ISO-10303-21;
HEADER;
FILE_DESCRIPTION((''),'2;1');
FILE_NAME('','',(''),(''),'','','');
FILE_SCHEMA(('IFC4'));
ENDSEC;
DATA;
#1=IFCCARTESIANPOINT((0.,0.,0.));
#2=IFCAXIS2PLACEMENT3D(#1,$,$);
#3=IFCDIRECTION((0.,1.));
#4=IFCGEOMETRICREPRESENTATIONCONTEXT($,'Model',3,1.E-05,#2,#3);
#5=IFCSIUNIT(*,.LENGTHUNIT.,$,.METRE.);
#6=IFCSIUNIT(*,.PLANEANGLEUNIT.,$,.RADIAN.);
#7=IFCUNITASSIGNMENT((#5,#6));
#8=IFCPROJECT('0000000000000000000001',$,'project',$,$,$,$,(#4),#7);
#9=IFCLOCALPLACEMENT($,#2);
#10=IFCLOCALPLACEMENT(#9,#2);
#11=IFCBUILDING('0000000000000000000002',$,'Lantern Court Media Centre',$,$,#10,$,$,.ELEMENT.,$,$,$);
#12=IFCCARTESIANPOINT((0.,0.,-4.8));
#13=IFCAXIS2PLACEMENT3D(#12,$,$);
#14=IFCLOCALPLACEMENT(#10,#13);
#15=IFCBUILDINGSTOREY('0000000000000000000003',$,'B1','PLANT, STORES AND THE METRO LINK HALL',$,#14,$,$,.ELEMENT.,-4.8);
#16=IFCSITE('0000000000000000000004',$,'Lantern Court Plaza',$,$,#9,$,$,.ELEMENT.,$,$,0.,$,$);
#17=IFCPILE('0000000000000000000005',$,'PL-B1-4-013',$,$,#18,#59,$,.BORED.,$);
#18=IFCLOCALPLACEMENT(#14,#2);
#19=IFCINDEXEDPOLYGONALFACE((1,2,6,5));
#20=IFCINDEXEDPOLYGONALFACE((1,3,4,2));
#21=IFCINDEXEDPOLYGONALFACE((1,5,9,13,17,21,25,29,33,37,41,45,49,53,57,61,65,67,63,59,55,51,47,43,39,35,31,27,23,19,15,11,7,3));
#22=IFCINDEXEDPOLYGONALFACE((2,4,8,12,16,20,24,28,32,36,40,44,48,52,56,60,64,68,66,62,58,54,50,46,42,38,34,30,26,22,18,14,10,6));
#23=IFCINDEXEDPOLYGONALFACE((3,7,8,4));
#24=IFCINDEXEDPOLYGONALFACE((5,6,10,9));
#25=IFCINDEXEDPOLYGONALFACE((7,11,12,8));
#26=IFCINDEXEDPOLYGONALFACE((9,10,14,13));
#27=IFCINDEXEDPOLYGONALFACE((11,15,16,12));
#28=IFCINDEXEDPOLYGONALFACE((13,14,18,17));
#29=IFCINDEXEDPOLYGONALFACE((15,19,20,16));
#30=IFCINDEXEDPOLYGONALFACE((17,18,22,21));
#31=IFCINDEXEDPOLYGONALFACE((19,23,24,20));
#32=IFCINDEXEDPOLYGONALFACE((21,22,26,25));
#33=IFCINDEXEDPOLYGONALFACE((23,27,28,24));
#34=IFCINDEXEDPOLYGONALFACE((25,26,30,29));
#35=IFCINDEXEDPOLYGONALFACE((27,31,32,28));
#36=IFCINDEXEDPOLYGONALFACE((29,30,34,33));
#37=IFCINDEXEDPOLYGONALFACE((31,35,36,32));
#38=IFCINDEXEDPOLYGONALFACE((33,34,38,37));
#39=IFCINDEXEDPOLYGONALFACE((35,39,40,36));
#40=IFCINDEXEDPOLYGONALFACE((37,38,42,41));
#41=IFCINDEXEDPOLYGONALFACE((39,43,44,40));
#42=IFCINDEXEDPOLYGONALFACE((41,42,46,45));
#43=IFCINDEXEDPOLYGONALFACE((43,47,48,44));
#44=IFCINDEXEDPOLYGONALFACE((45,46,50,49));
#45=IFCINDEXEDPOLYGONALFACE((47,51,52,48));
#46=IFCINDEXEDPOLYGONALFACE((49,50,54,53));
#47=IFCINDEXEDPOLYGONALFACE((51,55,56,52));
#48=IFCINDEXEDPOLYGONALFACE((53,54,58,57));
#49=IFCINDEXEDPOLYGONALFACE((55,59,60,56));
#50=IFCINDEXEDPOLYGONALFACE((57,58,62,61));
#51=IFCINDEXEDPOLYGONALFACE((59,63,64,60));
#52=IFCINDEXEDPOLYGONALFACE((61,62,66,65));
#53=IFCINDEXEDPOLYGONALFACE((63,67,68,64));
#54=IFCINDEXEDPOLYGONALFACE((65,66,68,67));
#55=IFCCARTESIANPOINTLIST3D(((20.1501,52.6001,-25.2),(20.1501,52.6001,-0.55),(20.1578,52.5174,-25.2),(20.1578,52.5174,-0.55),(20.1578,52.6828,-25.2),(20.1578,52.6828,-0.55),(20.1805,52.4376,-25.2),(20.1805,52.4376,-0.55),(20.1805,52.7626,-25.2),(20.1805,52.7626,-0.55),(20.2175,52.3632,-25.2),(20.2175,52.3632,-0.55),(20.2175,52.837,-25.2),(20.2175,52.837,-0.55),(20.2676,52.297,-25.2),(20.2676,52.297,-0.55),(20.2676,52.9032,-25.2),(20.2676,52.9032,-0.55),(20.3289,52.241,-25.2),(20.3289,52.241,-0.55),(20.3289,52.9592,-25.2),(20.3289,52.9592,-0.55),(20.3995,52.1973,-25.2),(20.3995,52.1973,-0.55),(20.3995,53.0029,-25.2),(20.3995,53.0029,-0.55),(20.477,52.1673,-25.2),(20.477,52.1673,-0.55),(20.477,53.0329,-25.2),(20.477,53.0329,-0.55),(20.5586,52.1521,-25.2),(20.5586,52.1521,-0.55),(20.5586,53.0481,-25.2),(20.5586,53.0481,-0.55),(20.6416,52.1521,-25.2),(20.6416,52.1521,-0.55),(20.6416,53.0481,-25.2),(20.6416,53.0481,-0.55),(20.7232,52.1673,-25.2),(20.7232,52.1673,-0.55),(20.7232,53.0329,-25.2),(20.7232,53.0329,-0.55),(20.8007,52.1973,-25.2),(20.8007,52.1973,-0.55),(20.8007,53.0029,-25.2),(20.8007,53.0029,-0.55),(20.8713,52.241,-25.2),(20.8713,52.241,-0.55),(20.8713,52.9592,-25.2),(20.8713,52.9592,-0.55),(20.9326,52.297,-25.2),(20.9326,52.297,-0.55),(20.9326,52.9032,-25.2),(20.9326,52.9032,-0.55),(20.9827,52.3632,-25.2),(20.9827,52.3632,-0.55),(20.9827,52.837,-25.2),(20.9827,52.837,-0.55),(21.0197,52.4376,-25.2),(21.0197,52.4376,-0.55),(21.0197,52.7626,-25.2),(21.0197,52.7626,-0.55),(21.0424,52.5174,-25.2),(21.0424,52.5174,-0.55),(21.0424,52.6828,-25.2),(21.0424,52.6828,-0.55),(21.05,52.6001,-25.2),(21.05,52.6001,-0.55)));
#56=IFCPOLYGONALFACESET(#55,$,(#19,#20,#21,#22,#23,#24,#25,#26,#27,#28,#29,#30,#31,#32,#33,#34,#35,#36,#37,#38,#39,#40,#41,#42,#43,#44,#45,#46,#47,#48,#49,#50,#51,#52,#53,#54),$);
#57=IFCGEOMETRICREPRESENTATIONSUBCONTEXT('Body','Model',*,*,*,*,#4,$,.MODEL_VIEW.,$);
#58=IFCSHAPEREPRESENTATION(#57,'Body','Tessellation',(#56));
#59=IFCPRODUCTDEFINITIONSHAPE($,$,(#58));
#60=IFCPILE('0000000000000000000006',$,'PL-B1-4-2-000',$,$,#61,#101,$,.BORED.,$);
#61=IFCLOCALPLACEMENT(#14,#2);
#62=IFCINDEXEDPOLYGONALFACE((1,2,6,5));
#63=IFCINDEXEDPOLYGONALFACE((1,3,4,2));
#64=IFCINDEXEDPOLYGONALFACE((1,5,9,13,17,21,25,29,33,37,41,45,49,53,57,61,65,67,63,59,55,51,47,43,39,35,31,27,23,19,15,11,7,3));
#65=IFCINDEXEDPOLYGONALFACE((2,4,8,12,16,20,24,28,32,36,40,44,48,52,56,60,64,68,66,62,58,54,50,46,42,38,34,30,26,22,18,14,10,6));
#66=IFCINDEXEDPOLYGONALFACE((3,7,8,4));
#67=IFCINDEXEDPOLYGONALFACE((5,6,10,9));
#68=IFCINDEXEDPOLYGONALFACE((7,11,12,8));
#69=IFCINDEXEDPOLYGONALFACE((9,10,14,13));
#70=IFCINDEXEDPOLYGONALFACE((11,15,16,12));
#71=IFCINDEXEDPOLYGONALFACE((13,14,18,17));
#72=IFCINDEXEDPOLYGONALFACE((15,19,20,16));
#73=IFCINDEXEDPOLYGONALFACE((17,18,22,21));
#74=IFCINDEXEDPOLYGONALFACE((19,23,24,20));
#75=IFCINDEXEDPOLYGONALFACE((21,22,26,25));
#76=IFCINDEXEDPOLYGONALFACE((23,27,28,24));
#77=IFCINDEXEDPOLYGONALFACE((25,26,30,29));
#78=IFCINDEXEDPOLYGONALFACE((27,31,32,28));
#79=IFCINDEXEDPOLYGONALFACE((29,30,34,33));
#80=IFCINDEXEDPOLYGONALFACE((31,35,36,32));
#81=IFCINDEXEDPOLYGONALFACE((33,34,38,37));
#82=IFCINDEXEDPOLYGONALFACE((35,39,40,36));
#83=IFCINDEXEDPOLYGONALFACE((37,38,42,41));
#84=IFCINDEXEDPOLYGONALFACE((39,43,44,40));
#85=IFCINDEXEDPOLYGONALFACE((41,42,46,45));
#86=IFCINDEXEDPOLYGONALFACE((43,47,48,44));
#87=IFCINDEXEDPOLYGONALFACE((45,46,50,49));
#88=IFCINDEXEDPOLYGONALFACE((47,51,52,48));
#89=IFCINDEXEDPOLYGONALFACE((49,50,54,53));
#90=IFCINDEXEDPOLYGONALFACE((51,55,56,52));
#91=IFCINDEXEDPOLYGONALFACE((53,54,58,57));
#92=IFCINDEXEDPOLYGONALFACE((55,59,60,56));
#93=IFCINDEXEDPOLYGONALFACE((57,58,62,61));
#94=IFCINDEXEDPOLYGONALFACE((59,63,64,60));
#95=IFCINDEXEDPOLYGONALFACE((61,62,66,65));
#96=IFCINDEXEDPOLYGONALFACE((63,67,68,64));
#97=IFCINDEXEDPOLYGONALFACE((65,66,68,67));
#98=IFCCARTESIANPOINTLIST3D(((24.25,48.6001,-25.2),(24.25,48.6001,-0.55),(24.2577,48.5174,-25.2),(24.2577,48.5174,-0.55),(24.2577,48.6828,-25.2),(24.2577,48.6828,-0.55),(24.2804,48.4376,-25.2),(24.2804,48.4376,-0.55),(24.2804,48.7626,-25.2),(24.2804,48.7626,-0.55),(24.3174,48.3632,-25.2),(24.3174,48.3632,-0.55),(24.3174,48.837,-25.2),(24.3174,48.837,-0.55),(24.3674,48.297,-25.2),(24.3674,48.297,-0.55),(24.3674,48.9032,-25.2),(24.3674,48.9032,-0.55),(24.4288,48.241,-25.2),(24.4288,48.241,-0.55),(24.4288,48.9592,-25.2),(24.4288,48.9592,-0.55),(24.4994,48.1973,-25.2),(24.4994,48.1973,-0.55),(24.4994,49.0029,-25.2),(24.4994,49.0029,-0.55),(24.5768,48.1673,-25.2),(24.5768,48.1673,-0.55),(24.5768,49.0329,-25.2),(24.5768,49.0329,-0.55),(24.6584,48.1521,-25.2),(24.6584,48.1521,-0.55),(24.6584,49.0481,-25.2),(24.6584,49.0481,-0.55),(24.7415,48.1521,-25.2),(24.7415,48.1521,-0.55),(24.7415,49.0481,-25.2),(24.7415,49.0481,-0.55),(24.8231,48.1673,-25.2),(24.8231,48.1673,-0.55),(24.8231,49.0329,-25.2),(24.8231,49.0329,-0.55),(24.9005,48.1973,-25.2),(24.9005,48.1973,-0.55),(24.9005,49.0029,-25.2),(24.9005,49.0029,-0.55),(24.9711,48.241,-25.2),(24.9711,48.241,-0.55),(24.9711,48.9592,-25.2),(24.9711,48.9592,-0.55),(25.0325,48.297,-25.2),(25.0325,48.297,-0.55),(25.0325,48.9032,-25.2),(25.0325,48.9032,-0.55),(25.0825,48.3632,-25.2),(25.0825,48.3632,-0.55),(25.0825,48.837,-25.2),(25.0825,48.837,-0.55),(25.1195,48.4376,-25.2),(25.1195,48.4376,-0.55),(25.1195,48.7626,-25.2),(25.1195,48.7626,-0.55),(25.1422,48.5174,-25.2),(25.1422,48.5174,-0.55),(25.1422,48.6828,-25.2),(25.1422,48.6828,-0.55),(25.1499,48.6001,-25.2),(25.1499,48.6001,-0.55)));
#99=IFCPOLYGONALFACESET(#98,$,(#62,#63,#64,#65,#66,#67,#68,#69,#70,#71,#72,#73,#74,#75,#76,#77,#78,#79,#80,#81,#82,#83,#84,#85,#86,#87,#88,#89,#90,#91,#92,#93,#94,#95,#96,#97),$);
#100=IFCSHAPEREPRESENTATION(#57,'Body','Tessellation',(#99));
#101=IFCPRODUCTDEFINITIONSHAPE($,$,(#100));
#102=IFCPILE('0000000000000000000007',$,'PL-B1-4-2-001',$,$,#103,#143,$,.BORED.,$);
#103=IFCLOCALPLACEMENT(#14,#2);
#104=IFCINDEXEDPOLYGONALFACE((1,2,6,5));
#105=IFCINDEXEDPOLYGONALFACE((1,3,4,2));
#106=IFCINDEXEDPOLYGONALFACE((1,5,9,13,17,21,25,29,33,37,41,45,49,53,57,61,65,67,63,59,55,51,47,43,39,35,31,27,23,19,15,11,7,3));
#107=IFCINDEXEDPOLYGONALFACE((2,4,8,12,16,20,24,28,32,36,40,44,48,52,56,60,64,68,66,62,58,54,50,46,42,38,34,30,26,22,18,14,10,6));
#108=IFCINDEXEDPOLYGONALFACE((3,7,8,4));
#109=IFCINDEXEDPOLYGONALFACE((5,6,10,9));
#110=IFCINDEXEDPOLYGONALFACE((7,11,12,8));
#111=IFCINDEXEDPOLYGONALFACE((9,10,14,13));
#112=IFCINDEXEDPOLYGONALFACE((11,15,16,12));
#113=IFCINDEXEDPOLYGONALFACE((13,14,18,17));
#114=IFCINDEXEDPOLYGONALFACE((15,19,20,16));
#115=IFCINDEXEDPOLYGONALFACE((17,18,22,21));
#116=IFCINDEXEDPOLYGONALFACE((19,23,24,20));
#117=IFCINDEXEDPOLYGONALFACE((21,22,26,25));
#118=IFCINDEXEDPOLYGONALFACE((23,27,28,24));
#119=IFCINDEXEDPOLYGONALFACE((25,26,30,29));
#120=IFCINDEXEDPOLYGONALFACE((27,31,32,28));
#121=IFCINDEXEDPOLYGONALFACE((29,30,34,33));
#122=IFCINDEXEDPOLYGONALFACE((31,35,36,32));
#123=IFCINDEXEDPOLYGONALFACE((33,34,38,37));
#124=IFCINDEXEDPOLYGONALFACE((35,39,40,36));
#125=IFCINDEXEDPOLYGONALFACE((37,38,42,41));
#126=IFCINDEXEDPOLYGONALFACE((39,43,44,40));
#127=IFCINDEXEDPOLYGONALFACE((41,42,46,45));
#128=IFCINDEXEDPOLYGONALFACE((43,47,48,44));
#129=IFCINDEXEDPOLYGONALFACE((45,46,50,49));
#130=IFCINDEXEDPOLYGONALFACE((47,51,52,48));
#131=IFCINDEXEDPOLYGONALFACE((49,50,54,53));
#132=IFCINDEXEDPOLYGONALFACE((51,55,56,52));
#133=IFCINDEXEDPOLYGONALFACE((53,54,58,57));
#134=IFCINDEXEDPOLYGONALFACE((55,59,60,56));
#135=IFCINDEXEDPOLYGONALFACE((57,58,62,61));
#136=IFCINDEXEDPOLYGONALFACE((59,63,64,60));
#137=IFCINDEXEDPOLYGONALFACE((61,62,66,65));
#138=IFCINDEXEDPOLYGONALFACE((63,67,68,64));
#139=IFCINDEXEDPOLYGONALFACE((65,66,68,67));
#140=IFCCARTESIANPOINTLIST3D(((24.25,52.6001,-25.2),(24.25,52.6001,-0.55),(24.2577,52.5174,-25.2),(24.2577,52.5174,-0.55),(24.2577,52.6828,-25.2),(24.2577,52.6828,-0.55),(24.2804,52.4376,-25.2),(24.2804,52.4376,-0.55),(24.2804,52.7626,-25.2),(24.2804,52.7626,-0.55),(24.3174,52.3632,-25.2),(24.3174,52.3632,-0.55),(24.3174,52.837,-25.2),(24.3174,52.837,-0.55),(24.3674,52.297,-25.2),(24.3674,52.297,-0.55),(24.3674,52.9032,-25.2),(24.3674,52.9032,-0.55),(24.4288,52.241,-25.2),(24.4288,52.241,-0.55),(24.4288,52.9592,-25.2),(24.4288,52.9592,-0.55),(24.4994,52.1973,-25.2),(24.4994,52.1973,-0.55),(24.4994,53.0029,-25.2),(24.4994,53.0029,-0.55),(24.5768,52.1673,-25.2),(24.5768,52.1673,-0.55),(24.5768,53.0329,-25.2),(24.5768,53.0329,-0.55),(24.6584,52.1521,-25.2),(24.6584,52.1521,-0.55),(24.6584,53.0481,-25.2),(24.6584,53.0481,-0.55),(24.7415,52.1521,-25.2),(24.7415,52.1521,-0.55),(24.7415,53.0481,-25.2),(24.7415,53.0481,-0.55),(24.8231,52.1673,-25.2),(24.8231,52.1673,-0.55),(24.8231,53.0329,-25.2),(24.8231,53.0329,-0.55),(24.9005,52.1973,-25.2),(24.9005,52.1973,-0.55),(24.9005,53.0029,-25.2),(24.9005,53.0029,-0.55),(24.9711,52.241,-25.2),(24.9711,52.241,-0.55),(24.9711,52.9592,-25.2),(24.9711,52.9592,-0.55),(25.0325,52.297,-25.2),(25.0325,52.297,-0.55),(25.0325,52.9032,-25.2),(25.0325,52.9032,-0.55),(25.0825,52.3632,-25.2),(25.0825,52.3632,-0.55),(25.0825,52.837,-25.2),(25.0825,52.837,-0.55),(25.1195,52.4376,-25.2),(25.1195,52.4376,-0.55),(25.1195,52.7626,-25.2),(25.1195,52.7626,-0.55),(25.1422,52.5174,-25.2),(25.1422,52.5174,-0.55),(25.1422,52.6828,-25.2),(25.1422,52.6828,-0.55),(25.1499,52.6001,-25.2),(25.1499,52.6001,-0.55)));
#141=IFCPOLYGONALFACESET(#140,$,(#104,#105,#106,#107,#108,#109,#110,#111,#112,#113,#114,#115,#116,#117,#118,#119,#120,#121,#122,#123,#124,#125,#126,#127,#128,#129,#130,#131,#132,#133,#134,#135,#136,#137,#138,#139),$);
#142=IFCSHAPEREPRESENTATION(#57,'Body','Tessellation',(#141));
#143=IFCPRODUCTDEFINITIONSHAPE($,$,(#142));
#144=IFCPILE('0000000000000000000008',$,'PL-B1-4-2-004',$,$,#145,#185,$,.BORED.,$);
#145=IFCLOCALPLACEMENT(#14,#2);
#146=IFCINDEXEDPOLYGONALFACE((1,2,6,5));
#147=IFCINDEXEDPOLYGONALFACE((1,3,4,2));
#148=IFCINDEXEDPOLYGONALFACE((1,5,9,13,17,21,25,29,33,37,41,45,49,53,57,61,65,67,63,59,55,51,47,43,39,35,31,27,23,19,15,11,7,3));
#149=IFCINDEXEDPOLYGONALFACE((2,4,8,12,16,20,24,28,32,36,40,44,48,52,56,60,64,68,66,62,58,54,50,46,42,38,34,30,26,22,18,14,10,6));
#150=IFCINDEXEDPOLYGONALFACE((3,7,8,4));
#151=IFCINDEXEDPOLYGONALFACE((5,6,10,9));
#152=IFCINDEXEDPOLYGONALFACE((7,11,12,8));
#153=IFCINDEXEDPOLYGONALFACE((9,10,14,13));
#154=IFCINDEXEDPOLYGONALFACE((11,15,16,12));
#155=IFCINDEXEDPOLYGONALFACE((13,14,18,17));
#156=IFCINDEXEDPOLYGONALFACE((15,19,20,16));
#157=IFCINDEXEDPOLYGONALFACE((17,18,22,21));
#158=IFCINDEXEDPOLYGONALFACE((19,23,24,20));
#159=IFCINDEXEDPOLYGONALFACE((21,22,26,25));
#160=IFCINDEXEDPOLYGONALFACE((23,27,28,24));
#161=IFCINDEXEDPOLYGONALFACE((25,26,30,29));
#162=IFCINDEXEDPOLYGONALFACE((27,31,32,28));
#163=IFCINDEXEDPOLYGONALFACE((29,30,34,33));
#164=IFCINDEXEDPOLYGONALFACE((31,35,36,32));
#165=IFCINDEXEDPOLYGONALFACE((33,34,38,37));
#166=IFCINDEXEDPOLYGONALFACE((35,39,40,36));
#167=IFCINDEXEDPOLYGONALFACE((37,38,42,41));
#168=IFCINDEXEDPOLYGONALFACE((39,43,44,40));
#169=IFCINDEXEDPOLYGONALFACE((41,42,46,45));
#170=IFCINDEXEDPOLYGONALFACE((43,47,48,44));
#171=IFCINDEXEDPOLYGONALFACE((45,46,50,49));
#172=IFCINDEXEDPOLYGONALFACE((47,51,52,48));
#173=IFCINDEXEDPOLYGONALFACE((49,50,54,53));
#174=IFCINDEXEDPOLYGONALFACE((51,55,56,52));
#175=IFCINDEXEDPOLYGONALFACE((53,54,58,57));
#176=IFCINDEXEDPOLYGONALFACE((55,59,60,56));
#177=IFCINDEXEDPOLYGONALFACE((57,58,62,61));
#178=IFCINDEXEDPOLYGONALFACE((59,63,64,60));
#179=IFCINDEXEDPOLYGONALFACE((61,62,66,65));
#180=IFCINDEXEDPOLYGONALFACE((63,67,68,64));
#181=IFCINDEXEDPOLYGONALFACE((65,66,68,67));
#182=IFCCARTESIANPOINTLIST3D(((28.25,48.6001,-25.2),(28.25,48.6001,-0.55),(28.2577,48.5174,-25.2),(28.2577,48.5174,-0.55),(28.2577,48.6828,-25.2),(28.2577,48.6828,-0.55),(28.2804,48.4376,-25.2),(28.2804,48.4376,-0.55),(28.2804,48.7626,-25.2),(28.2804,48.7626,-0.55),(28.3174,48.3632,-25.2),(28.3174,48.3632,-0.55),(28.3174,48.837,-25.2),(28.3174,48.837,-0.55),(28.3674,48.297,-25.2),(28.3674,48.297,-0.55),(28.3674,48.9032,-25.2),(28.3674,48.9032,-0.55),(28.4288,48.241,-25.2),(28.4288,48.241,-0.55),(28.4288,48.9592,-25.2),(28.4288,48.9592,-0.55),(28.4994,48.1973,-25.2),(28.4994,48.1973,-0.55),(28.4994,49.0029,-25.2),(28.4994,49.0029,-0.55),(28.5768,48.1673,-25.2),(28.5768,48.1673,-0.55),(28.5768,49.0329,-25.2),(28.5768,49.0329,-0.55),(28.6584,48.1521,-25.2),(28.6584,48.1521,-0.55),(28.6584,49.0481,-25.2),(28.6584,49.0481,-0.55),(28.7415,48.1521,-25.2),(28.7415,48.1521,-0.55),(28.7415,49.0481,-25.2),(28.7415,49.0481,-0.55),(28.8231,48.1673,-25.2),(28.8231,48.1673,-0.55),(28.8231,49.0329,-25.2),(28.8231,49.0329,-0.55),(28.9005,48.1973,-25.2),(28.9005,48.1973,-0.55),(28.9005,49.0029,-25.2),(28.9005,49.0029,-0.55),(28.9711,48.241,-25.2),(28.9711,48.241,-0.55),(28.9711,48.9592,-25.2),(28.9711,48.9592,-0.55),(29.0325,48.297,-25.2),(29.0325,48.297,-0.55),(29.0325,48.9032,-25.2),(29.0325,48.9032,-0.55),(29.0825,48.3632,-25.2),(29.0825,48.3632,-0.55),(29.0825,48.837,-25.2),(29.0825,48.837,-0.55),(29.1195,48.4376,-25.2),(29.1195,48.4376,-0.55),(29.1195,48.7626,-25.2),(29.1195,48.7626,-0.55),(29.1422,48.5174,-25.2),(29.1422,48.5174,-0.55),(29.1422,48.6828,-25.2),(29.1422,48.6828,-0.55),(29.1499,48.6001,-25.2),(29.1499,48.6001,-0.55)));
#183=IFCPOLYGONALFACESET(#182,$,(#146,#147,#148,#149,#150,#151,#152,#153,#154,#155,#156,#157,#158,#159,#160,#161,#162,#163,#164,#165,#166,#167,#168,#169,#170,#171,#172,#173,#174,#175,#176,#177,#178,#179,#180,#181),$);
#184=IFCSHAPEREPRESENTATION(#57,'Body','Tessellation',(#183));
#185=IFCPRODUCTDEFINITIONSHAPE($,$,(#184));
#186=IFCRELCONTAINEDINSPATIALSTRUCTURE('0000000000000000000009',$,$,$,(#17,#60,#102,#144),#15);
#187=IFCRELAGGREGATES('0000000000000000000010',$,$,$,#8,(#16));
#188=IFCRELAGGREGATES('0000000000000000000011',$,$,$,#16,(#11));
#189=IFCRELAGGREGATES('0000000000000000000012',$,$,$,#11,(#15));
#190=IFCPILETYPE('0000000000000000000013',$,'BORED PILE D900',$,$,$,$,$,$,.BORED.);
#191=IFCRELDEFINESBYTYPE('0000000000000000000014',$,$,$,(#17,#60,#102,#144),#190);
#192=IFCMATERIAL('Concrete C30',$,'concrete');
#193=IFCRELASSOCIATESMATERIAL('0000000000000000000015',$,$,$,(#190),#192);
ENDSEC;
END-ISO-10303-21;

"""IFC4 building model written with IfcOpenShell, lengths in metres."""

from ifc_helpers import new_model, si_unit, direction, frame, origin, origin_2d, place, context, subcontext, project, spatial, circle, extrude, material, material_profile, profile_set, type_object, element, save


model = new_model("IFC4")

# Units and contexts
model_context = context("Model", 3, precision=1e-05, world=origin(), true_north=direction((0.0, 1.0)))
body_context = subcontext(model_context, "Body", "Model", "MODEL_VIEW")
ifc_project = project(units=[si_unit("LENGTHUNIT", "METRE"), si_unit("PLANEANGLEUNIT", "RADIAN")], contexts=[model_context])

# Site, building, storey
site_placement = place(None, origin())
site = spatial("IfcSite", under=ifc_project, at=site_placement, Name="Lantern Court Plaza", CompositionType="ELEMENT", RefElevation=0.0)
building_placement = place(site_placement, origin())
building = spatial("IfcBuilding", under=site, at=building_placement, Name="Lantern Court Media Centre", CompositionType="ELEMENT")
storey_placement = place(building_placement, frame((0.0, 0.0, -4.8)))
storey = spatial("IfcBuildingStorey", under=building, at=storey_placement, Name="B1", Description="PLANT, STORES AND THE METRO LINK HALL", CompositionType="ELEMENT", Elevation=-4.8)

# Piles
ifc_material_1 = material(Name="Concrete C30", Category="concrete")
ifc_material_profile_1 = material_profile(ifc_material_1, circle(Radius=0.45, at=origin_2d()), Name="D900")
ifc_profile_set_1 = profile_set([ifc_material_profile_1], Name="Concrete C30")
pile_type = type_object("IfcPileType", Name="BORED PILE D900", PredefinedType="BORED", material=ifc_profile_set_1)
for number, where, z_axis, x_axis, name in (
    (1, (20.6001, 52.6001, -0.55), (0.0, 0.0, -1.0), (1.0, 0.0, 0.0), "PL-B1-4-013"),
    (2, (24.7, 48.6001, -0.55), (0.0, 0.0, -1.0), (1.0, 0.0, 0.0), "PL-B1-4-2-000"),
    (3, (24.7, 52.6001, -0.55), (0.0, 0.0, -1.0), (1.0, 0.0, 0.0), "PL-B1-4-2-001"),
    (4, (28.7, 48.6001, -0.55), (0.0, 0.0, -1.0), (1.0, 0.0, 0.0), "PL-B1-4-2-004"),
):
    element("IfcPile", number, at=place(storey_placement, frame(where, z_axis=z_axis, x_axis=x_axis)), inside=storey, type_object=pile_type, Name=name, PredefinedType="BORED", context=body_context, shape_type="SweptSolid", body=[
        extrude(circle(Radius=0.45, at=origin_2d()), origin(), (0.0, 0.0, 1.0), 24.6499),
    ])

save(model, "model.ifc")
